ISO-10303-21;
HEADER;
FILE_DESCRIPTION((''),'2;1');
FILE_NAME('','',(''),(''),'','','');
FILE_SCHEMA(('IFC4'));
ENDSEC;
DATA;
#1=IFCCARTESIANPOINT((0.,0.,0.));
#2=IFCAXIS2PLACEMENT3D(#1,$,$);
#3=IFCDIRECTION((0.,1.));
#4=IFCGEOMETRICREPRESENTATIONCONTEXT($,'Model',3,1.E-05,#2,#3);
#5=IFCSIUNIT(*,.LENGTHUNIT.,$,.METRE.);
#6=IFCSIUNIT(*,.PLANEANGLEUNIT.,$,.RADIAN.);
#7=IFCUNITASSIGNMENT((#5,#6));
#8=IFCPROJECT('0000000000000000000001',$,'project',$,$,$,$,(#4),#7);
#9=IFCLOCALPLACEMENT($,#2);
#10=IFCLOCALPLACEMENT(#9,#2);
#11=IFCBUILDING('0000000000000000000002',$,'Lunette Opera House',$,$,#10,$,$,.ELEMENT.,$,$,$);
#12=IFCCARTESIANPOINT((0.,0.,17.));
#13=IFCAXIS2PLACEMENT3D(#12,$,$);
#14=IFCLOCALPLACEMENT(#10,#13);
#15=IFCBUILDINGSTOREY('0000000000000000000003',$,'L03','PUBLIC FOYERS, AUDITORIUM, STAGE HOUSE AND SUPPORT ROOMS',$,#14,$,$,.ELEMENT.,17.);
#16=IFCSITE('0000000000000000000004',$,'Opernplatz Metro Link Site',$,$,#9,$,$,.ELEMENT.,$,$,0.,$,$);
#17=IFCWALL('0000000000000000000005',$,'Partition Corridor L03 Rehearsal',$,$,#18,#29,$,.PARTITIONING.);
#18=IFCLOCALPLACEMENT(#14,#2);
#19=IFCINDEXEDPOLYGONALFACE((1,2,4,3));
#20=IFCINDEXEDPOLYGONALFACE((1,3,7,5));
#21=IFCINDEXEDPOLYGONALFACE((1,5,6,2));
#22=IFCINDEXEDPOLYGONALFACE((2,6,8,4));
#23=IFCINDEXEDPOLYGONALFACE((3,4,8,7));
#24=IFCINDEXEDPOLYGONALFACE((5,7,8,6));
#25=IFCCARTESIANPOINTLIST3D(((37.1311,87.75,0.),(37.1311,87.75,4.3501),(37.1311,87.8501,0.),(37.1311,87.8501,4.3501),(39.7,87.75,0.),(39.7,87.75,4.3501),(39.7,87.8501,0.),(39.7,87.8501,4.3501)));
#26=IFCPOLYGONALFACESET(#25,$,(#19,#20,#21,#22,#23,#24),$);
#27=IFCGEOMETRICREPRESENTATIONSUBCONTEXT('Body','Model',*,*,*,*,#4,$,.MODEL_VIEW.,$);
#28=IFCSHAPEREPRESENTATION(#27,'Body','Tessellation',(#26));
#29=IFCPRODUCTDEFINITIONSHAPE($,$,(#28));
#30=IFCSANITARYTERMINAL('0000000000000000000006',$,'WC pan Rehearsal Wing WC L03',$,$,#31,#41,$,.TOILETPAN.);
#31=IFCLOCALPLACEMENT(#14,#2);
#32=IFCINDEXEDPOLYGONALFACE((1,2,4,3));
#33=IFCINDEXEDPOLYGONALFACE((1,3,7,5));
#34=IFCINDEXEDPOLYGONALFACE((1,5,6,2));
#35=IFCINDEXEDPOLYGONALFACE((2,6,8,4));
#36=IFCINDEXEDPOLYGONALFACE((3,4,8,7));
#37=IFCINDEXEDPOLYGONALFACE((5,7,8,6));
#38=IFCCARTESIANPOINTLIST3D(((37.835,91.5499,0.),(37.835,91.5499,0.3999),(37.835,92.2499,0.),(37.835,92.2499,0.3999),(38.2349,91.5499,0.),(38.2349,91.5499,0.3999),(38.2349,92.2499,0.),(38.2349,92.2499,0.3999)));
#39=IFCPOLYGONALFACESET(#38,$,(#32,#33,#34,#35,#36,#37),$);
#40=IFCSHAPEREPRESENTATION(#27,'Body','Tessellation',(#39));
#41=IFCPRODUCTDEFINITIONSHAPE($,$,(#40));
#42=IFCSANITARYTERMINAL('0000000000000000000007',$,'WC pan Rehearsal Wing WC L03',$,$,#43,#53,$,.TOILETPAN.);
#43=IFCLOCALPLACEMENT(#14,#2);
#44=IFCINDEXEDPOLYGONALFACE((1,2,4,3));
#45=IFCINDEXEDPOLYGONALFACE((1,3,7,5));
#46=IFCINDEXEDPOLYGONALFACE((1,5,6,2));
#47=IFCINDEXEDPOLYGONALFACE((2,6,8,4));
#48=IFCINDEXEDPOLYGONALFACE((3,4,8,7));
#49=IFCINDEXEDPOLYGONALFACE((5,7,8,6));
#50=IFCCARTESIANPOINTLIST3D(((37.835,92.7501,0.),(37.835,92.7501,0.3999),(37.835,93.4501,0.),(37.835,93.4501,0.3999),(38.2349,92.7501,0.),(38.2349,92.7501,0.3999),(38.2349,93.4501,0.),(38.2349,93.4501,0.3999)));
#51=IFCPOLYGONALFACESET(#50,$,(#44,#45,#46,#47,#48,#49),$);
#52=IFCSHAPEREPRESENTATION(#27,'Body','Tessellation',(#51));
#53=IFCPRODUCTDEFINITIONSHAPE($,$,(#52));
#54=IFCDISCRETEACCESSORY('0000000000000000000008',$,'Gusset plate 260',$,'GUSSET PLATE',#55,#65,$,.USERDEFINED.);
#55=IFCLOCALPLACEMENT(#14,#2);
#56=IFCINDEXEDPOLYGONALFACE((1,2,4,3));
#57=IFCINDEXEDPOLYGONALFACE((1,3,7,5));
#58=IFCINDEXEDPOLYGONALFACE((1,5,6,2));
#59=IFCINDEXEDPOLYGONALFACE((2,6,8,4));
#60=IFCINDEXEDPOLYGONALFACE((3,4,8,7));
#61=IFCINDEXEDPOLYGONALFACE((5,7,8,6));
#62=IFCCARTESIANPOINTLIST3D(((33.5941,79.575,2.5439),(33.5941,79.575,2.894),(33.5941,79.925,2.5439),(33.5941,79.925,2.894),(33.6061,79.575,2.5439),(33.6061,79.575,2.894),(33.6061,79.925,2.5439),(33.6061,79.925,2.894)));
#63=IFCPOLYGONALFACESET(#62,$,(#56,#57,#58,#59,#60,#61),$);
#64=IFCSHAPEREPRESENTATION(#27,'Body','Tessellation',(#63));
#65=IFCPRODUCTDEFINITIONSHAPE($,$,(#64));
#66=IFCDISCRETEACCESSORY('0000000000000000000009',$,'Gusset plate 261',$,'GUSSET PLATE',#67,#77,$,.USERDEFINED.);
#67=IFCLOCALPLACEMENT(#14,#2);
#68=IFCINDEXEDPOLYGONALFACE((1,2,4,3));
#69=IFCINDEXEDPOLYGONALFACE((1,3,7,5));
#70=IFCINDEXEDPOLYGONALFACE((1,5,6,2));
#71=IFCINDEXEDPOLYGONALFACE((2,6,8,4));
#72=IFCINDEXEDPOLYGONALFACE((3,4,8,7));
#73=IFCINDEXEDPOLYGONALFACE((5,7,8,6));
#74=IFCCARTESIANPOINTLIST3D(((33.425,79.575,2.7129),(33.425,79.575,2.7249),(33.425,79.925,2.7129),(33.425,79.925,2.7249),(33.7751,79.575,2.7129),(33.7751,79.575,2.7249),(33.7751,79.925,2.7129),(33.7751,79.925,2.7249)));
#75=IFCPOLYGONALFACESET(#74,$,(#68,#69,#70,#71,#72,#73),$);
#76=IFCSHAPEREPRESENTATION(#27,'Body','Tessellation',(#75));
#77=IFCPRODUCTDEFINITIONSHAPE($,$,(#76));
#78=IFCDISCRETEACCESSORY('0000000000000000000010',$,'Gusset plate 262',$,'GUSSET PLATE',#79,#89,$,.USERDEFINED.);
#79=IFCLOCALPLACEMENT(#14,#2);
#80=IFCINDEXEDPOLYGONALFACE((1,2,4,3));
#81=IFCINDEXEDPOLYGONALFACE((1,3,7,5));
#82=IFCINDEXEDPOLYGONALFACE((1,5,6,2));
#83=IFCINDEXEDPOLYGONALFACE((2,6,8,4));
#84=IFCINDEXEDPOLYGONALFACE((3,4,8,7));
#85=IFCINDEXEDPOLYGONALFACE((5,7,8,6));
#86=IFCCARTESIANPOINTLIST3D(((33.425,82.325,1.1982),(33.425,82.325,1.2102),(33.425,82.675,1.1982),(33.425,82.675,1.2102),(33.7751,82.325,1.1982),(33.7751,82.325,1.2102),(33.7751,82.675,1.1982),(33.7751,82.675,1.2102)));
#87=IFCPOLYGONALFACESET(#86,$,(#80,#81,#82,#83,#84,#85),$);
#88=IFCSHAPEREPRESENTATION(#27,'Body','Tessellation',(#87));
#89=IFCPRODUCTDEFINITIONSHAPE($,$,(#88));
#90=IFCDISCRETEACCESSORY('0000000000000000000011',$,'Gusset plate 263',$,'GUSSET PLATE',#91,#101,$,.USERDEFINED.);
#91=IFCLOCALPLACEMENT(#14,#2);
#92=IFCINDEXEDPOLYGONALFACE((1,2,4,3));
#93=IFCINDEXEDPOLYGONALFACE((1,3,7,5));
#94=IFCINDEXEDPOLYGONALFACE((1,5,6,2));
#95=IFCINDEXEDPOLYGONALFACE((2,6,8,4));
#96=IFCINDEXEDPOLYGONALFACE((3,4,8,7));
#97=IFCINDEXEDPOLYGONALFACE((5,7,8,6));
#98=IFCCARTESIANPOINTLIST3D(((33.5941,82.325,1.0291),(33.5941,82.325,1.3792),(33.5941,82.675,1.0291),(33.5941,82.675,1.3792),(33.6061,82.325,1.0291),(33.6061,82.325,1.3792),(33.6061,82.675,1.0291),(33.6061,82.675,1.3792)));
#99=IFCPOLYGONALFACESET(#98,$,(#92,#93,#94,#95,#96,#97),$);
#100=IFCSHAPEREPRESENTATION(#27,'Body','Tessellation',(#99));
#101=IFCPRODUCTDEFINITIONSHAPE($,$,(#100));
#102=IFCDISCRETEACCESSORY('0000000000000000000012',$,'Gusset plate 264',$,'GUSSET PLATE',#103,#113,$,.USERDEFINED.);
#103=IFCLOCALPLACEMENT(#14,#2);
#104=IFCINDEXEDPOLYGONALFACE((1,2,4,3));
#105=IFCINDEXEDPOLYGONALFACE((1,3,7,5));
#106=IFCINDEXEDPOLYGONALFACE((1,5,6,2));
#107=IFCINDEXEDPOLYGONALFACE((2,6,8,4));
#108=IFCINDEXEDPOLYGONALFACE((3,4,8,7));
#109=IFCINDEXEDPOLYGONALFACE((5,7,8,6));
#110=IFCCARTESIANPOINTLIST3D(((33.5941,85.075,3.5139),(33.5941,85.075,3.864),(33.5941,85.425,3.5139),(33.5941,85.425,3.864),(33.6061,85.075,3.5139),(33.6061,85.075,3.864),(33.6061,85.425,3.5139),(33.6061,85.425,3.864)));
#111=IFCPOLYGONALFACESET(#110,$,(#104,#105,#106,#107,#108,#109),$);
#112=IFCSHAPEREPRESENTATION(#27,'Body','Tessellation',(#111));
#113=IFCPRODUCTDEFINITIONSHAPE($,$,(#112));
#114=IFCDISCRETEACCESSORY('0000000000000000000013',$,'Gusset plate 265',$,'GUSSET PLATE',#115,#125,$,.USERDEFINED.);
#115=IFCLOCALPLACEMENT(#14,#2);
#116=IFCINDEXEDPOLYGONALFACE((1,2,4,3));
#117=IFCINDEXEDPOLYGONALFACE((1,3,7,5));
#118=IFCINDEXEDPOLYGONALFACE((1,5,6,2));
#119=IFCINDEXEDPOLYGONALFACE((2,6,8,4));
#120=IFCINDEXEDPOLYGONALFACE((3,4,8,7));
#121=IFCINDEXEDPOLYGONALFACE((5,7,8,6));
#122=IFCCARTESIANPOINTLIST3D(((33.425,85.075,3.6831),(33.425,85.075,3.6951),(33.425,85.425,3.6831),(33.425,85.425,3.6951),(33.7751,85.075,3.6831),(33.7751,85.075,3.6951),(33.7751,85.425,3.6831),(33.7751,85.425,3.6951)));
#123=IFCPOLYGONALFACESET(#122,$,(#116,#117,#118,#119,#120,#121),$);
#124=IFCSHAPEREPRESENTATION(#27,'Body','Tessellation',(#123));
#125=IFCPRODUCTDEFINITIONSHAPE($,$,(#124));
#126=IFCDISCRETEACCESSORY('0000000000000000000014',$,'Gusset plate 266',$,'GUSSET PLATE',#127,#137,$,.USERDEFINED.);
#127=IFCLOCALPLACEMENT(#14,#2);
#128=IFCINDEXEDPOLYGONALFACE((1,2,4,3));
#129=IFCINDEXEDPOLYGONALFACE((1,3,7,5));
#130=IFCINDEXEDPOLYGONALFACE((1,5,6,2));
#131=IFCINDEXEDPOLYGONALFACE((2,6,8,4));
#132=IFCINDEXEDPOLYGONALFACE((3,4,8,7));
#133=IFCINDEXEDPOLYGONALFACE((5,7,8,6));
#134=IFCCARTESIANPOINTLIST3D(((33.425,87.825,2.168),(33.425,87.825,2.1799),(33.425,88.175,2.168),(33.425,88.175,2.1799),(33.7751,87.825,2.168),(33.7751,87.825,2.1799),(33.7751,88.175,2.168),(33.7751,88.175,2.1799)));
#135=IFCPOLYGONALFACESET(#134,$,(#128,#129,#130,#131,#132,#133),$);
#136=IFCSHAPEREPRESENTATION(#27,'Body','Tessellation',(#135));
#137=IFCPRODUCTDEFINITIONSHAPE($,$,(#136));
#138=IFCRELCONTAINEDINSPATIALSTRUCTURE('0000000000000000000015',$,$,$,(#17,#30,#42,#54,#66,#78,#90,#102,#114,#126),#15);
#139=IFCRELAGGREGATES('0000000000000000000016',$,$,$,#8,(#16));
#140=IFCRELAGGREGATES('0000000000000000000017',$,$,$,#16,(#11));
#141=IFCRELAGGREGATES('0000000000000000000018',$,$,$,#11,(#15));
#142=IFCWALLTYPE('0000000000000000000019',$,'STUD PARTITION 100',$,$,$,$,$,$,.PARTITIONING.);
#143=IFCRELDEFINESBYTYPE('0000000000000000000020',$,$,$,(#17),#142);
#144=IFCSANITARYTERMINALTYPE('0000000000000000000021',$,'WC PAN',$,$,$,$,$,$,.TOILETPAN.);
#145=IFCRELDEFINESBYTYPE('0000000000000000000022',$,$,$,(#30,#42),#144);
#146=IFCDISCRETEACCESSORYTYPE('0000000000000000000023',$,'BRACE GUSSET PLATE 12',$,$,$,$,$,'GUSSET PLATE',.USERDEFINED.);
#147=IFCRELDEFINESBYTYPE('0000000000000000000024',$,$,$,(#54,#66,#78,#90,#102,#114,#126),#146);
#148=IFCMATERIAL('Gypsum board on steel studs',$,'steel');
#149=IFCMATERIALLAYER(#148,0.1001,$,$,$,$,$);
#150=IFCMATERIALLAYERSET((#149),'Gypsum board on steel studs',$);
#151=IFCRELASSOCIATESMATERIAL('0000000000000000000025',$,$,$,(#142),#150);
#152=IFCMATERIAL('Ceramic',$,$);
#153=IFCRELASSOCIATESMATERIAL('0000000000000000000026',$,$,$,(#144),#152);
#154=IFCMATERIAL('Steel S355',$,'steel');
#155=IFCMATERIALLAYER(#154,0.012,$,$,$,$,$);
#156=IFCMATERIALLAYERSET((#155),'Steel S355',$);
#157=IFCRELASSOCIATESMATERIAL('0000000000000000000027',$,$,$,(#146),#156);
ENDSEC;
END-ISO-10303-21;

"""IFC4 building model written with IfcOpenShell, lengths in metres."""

from ifc_helpers import new_model, si_unit, direction, frame, frame_2d, origin, origin_2d, place, context, subcontext, project, spatial, rectangle, extrude, material, layer, layer_set, type_object, element, save


model = new_model("IFC4")

# Units and contexts
model_context = context("Model", 3, precision=1e-05, world=origin(), true_north=direction((0.0, 1.0)))
body_context = subcontext(model_context, "Body", "Model", "MODEL_VIEW")
ifc_project = project(units=[si_unit("LENGTHUNIT", "METRE"), si_unit("PLANEANGLEUNIT", "RADIAN")], contexts=[model_context])

# Site, building, storey
site_placement = place(None, origin())
site = spatial("IfcSite", under=ifc_project, at=site_placement, Name="Opernplatz Metro Link Site", CompositionType="ELEMENT", RefElevation=0.0)
building_placement = place(site_placement, origin())
building = spatial("IfcBuilding", under=site, at=building_placement, Name="Lunette Opera House", CompositionType="ELEMENT")
storey_placement = place(building_placement, frame((0.0, 0.0, 17.0)))
storey = spatial("IfcBuildingStorey", under=building, at=storey_placement, Name="L03", Description="PUBLIC FOYERS, AUDITORIUM, STAGE HOUSE AND SUPPORT ROOMS", CompositionType="ELEMENT", Elevation=17.0)

# Wall
ifc_material_1 = material(Name="Gypsum board on steel studs", Category="steel")
ifc_layer_1 = layer(ifc_material_1, 0.1001)
ifc_layer_set_1 = layer_set([ifc_layer_1], Name="Gypsum board on steel studs")
wall_type_1 = type_object("IfcWallType", Name="STUD PARTITION 100", PredefinedType="PARTITIONING", material=ifc_layer_set_1)
wall_1_placement = place(storey_placement, frame((37.1311, 87.8, 0.0), z_axis=(0.0, 0.0, 1.0), x_axis=(1.0, 0.0, 0.0)))
element("IfcWall", 1, at=wall_1_placement, inside=storey, type_object=wall_type_1, Name="Partition Corridor L03 Rehearsal", PredefinedType="PARTITIONING", context=body_context, shape_type="SweptSolid", body=[
    extrude(rectangle(XDim=2.5688, YDim=0.1001, at=frame_2d((1.2844, 0.0))), origin(), (0.0, 0.0, 1.0), 4.3501),
])

# Sanitary terminals
ifc_material_2 = material(Name="Ceramic")
sanitary_terminal_type = type_object("IfcSanitaryTerminalType", Name="WC PAN", PredefinedType="TOILETPAN", material=ifc_material_2)
for number, where, z_axis, x_axis, name in (
    (2, (38.0349, 91.8999, 0.0), (0.0, 0.0, 1.0), (1.0, 0.0, 0.0), "WC pan Rehearsal Wing WC L03"),
    (3, (38.0349, 93.1001, 0.0), (0.0, 0.0, 1.0), (1.0, 0.0, 0.0), "WC pan Rehearsal Wing WC L03"),
):
    element("IfcSanitaryTerminal", number, at=place(storey_placement, frame(where, z_axis=z_axis, x_axis=x_axis)), inside=storey, type_object=sanitary_terminal_type, Name=name, PredefinedType="TOILETPAN", context=body_context, shape_type="SweptSolid", body=[
        extrude(rectangle(XDim=0.3999, YDim=0.7, at=origin_2d()), origin(), (0.0, 0.0, 1.0), 0.3999),
    ])

# Discrete accessories
ifc_material_3 = material(Name="Steel S355", Category="steel")
ifc_layer_2 = layer(ifc_material_3, 0.012)
ifc_layer_set_2 = layer_set([ifc_layer_2], Name="Steel S355")
discrete_accessory_type = type_object("IfcDiscreteAccessoryType", Name="BRACE GUSSET PLATE 12", ElementType="GUSSET PLATE", PredefinedType="USERDEFINED", material=ifc_layer_set_2)
discrete_accessory_placement = place(storey_placement, frame((33.6001, 79.75, 2.5439), z_axis=(0.0, 0.0, 1.0), x_axis=(0.0, 1.0, 0.0)))
element("IfcDiscreteAccessory", 4, at=discrete_accessory_placement, inside=storey, type_object=discrete_accessory_type, Name="Gusset plate 260", ObjectType="GUSSET PLATE", PredefinedType="USERDEFINED", context=body_context, shape_type="SweptSolid", body=[
    extrude(rectangle(XDim=0.3501, YDim=0.012, at=origin_2d()), origin(), (0.0, 0.0, 1.0), 0.3501),
])
for number, where, z_axis, x_axis, name in (
    (5, (33.6001, 79.75, 2.7129), (0.0, 0.0, 1.0), (0.0, 1.0, 0.0), "Gusset plate 261"),
    (6, (33.6001, 82.5, 1.1982), (0.0, 0.0, 1.0), (0.0, 1.0, 0.0), "Gusset plate 262"),
):
    element("IfcDiscreteAccessory", number, at=place(storey_placement, frame(where, z_axis=z_axis, x_axis=x_axis)), inside=storey, type_object=discrete_accessory_type, Name=name, ObjectType="GUSSET PLATE", PredefinedType="USERDEFINED", context=body_context, shape_type="SweptSolid", body=[
        extrude(rectangle(XDim=0.3501, YDim=0.3501, at=origin_2d()), origin(), (0.0, 0.0, 1.0), 0.012),
    ])
for number, where, z_axis, x_axis, name in (
    (7, (33.6001, 82.5, 1.0291), (0.0, 0.0, 1.0), (0.0, 1.0, 0.0), "Gusset plate 263"),
    (8, (33.6001, 85.25, 3.5139), (0.0, 0.0, 1.0), (0.0, 1.0, 0.0), "Gusset plate 264"),
):
    element("IfcDiscreteAccessory", number, at=place(storey_placement, frame(where, z_axis=z_axis, x_axis=x_axis)), inside=storey, type_object=discrete_accessory_type, Name=name, ObjectType="GUSSET PLATE", PredefinedType="USERDEFINED", context=body_context, shape_type="SweptSolid", body=[
        extrude(rectangle(XDim=0.3501, YDim=0.012, at=origin_2d()), origin(), (0.0, 0.0, 1.0), 0.3501),
    ])
for number, where, z_axis, x_axis, name in (
    (9, (33.6001, 85.25, 3.6831), (0.0, 0.0, 1.0), (0.0, 1.0, 0.0), "Gusset plate 265"),
    (10, (33.6001, 88.0, 2.168), (0.0, 0.0, 1.0), (0.0, 1.0, 0.0), "Gusset plate 266"),
):
    element("IfcDiscreteAccessory", number, at=place(storey_placement, frame(where, z_axis=z_axis, x_axis=x_axis)), inside=storey, type_object=discrete_accessory_type, Name=name, ObjectType="GUSSET PLATE", PredefinedType="USERDEFINED", context=body_context, shape_type="SweptSolid", body=[
        extrude(rectangle(XDim=0.3501, YDim=0.3501, at=origin_2d()), origin(), (0.0, 0.0, 1.0), 0.012),
    ])

save(model, "model.ifc")
